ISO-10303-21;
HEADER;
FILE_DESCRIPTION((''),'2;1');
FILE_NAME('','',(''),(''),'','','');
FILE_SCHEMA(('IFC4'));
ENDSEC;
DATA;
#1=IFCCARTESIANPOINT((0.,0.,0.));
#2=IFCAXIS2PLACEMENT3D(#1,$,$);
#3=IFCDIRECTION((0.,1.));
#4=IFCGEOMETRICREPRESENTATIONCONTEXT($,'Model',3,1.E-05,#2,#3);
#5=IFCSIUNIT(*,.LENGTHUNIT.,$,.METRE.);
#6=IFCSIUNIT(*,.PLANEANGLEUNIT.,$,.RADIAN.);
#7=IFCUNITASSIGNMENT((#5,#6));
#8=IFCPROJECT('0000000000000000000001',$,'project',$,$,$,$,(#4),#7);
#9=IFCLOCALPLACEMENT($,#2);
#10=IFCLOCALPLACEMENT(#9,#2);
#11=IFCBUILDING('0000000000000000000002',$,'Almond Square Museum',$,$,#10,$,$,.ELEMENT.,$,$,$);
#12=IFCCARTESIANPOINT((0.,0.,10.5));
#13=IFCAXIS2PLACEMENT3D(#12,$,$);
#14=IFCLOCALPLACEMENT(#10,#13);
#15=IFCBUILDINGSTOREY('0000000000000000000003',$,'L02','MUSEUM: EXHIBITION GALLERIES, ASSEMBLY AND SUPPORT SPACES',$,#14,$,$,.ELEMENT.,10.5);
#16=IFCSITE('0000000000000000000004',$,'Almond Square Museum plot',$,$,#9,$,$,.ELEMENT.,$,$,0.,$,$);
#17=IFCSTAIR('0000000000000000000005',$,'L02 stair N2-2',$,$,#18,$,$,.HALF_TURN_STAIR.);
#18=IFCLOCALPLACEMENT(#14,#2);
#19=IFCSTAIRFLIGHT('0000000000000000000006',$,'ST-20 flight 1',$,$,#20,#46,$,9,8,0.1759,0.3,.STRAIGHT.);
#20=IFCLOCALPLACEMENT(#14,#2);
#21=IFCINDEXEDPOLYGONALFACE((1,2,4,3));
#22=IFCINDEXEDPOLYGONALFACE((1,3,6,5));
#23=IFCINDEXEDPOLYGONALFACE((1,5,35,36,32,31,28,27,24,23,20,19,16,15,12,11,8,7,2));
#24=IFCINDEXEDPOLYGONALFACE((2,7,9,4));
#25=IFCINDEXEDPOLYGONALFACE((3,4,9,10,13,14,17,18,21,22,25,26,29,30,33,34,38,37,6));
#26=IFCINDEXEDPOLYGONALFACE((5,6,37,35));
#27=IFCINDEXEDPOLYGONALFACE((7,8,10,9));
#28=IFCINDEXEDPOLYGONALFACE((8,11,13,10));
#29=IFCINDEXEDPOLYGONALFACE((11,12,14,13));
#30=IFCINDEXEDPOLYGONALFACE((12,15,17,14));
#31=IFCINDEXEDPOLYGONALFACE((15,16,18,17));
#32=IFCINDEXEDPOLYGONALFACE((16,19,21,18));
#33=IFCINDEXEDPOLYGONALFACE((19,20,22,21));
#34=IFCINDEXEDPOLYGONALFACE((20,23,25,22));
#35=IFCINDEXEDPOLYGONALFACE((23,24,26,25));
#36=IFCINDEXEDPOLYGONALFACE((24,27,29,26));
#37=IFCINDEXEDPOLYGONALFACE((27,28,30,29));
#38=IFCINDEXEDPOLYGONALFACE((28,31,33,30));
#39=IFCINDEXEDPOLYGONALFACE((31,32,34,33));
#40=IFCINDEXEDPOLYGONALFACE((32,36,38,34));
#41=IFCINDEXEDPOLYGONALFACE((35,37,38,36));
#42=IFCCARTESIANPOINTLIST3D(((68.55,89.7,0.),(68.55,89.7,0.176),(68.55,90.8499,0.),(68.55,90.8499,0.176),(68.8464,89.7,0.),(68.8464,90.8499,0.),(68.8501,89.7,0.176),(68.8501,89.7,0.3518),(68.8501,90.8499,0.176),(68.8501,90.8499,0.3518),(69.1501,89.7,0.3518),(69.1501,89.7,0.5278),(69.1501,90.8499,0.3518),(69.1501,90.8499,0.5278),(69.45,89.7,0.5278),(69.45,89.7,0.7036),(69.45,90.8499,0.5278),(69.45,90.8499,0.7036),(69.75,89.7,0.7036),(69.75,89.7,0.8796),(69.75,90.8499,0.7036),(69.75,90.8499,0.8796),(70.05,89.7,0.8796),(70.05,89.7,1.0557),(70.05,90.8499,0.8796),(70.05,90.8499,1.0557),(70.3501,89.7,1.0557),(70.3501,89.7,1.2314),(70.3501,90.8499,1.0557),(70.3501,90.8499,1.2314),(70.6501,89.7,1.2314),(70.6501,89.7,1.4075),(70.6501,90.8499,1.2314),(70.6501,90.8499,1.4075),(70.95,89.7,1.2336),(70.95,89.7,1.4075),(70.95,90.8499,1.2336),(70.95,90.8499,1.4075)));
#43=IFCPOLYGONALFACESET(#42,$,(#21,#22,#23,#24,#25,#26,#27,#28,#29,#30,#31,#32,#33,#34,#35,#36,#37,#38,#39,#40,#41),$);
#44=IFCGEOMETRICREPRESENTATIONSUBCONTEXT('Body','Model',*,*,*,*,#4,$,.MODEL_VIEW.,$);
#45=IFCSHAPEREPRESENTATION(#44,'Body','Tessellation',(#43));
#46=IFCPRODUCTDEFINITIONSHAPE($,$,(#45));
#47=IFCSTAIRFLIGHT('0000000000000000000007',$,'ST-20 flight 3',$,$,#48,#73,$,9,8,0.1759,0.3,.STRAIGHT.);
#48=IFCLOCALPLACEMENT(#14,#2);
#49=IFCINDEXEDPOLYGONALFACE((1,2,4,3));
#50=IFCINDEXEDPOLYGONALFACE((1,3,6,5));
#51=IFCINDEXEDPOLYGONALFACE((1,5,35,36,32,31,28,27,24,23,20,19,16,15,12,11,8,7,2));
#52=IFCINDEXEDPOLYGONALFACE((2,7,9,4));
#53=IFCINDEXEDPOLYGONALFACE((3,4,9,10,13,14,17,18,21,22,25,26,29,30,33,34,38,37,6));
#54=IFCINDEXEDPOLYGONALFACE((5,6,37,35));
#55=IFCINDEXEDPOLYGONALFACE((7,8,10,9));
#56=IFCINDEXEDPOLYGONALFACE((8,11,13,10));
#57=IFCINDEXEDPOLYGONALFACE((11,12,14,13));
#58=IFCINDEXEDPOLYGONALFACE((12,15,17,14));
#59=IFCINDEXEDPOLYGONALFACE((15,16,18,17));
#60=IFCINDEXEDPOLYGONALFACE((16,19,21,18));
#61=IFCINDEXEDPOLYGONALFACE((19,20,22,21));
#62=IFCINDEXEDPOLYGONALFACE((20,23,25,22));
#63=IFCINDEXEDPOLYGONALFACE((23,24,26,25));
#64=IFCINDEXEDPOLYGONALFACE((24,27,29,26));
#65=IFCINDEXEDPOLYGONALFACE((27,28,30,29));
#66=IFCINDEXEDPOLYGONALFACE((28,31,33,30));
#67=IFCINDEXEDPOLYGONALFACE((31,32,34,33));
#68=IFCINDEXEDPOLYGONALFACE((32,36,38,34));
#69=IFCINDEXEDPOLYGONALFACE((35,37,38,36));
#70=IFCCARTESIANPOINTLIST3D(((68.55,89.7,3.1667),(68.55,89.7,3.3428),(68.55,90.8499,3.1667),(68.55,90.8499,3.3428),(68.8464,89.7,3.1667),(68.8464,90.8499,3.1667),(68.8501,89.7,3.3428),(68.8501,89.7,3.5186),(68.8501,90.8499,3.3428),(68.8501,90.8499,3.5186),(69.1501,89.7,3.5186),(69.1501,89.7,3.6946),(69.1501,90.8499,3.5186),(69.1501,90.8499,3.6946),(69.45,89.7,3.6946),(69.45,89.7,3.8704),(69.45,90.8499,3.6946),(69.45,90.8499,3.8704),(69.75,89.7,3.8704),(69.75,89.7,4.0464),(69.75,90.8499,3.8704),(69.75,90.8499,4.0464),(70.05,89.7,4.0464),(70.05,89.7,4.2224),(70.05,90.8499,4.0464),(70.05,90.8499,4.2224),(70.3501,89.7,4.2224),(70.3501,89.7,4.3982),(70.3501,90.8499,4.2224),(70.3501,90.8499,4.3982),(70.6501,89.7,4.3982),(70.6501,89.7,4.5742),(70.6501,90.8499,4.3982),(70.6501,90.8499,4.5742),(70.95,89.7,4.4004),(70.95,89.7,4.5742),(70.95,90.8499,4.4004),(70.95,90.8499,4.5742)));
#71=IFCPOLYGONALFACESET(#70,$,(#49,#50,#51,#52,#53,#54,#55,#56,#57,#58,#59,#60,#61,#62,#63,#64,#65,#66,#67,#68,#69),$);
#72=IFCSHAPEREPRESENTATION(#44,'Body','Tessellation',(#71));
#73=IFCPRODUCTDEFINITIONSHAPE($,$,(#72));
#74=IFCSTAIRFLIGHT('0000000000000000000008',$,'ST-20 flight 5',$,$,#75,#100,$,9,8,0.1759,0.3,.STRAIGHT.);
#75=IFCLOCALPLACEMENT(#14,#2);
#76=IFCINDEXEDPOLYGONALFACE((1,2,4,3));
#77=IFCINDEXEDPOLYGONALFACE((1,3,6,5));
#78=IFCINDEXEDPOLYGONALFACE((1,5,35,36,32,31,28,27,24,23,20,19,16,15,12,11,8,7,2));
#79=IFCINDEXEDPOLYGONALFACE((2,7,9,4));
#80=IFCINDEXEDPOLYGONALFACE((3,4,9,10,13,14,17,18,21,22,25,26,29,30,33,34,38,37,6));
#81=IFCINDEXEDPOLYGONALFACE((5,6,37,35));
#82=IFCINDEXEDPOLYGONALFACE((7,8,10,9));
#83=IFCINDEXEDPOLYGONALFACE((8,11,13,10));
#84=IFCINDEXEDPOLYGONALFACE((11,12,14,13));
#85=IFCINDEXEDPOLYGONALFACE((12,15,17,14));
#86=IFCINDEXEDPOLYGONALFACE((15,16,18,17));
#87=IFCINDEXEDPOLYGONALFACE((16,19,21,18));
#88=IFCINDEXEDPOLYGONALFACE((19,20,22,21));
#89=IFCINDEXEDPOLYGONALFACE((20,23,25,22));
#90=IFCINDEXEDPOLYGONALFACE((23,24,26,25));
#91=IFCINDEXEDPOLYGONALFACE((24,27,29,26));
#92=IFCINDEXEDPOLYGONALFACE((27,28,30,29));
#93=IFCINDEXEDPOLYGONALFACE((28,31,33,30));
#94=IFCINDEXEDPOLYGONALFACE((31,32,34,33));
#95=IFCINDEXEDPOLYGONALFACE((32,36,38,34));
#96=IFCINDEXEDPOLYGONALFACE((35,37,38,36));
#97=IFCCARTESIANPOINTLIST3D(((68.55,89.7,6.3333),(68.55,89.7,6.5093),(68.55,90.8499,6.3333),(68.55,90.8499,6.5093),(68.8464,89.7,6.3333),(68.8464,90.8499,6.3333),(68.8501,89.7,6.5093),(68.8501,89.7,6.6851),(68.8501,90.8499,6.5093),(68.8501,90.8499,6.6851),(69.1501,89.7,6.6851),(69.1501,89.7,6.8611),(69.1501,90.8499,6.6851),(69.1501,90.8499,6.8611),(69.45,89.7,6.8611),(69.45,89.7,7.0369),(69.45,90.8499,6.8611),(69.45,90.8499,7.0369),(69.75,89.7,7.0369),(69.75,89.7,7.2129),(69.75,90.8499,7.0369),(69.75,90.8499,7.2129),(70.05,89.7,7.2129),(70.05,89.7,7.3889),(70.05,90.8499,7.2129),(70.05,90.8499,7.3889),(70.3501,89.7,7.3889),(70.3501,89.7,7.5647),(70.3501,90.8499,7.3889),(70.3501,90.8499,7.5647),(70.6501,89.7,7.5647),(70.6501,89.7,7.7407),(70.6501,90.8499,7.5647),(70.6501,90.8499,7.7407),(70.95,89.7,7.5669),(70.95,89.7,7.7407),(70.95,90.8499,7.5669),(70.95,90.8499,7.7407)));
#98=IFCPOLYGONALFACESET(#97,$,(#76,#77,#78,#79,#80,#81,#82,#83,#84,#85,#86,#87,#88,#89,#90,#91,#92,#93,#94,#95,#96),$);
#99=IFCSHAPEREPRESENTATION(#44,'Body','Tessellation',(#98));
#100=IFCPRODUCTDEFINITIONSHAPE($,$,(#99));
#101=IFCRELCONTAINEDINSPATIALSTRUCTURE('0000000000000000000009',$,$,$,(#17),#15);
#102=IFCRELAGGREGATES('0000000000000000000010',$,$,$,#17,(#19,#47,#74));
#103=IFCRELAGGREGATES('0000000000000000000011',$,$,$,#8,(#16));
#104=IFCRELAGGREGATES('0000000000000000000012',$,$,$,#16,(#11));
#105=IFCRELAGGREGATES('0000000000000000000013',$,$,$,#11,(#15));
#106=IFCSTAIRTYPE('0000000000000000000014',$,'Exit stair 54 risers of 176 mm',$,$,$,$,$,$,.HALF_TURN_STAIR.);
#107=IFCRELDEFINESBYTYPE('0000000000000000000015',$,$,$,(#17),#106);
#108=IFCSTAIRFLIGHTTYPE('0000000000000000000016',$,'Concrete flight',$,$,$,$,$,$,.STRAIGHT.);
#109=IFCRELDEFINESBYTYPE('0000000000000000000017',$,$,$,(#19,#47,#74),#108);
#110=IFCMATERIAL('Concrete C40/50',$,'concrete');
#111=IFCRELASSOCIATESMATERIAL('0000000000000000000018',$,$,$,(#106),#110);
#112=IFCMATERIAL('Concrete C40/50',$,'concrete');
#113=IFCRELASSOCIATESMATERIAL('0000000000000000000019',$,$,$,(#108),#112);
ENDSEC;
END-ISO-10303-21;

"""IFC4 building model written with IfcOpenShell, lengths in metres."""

from ifc_helpers import new_model, si_unit, direction, frame, origin, place, context, subcontext, project, spatial, polyline, outline, extrude, material, type_object, element, aggregate, save


model = new_model("IFC4")

# Units and contexts
model_context = context("Model", 3, precision=1e-05, world=origin(), true_north=direction((0.0, 1.0)))
body_context = subcontext(model_context, "Body", "Model", "MODEL_VIEW")
ifc_project = project(units=[si_unit("LENGTHUNIT", "METRE"), si_unit("PLANEANGLEUNIT", "RADIAN")], contexts=[model_context])

# Site, building, storey
site_placement = place(None, origin())
site = spatial("IfcSite", under=ifc_project, at=site_placement, Name="Almond Square Museum plot", CompositionType="ELEMENT", RefElevation=0.0)
building_placement = place(site_placement, origin())
building = spatial("IfcBuilding", under=site, at=building_placement, Name="Almond Square Museum", CompositionType="ELEMENT")
storey_placement = place(building_placement, frame((0.0, 0.0, 10.5)))
storey = spatial("IfcBuildingStorey", under=building, at=storey_placement, Name="L02", Description="MUSEUM: EXHIBITION GALLERIES, ASSEMBLY AND SUPPORT SPACES", CompositionType="ELEMENT", Elevation=10.5)

# Stair, stair flights
ifc_material_1 = material(Name="Concrete C40/50", Category="concrete")
stair_type = type_object("IfcStairType", Name="Exit stair 54 risers of 176 mm", PredefinedType="HALF_TURN_STAIR", material=ifc_material_1)
ifc_material_2 = material(Name="Concrete C40/50", Category="concrete")
stair_flight_type = type_object("IfcStairFlightType", Name="Concrete flight", PredefinedType="STRAIGHT", material=ifc_material_2)
stair_1_placement = place(storey_placement, origin())
stair_1 = element("IfcStair", 1, at=stair_1_placement, inside=storey, type_object=stair_type, Name="L02 stair N2-2", PredefinedType="HALF_TURN_STAIR")
stair_flight_1_placement = place(storey_placement, frame((68.55, 90.2749, 0.0), z_axis=(0.0, 0.0, 1.0), x_axis=(1.0, 0.0, 0.0)))
stair_flight_1 = element("IfcStairFlight", 2, at=stair_flight_1_placement, type_object=stair_flight_type, Name="ST-20 flight 1", NumberOfRisers=9, NumberOfTreads=8, PredefinedType="STRAIGHT", RiserHeight=0.1759, TreadLength=0.3, context=body_context, shape_type="SweptSolid", body=[
    extrude(outline(polyline([(0.0, 0.0), (0.0, 0.176), (0.3, 0.176), (0.3, 0.3518), (0.6001, 0.3518), (0.6001, 0.5278), (0.8999, 0.5278), (0.8999, 0.7036), (1.2, 0.7036), (1.2, 0.8796), (1.5, 0.8796), (1.5, 1.0557), (1.8, 1.0557), (1.8, 1.2314), (2.1001, 1.2314), (2.1001, 1.4075), (2.3999, 1.4075), (2.3999, 1.5833), (2.3999, 1.2336), (0.2964, 0.0), (0.0, 0.0)])), frame((0.0, 0.575, 0.0), z_axis=(0.0, -1.0, 0.0), x_axis=(1.0, 0.0, 0.0)), (0.0, 0.0, 1.0), 1.1499),
])
stair_flight_2_placement = place(storey_placement, frame((68.55, 90.2749, 3.1667), z_axis=(0.0, 0.0, 1.0), x_axis=(1.0, 0.0, 0.0)))
stair_flight_2 = element("IfcStairFlight", 3, at=stair_flight_2_placement, type_object=stair_flight_type, Name="ST-20 flight 3", NumberOfRisers=9, NumberOfTreads=8, PredefinedType="STRAIGHT", RiserHeight=0.1759, TreadLength=0.3, context=body_context, shape_type="SweptSolid", body=[
    extrude(outline(polyline([(0.0, 0.0), (0.0, 0.176), (0.3, 0.176), (0.3, 0.3518), (0.6001, 0.3518), (0.6001, 0.5278), (0.8999, 0.5278), (0.8999, 0.7036), (1.2, 0.7036), (1.2, 0.8796), (1.5, 0.8796), (1.5, 1.0557), (1.8, 1.0557), (1.8, 1.2314), (2.1001, 1.2314), (2.1001, 1.4075), (2.3999, 1.4075), (2.3999, 1.5833), (2.3999, 1.2336), (0.2964, 0.0), (0.0, 0.0)])), frame((0.0, 0.575, 0.0), z_axis=(0.0, -1.0, 0.0), x_axis=(1.0, 0.0, 0.0)), (0.0, 0.0, 1.0), 1.1499),
])
stair_flight_3_placement = place(storey_placement, frame((68.55, 90.2749, 6.3333), z_axis=(0.0, 0.0, 1.0), x_axis=(1.0, 0.0, 0.0)))
stair_flight_3 = element("IfcStairFlight", 4, at=stair_flight_3_placement, type_object=stair_flight_type, Name="ST-20 flight 5", NumberOfRisers=9, NumberOfTreads=8, PredefinedType="STRAIGHT", RiserHeight=0.1759, TreadLength=0.3, context=body_context, shape_type="SweptSolid", body=[
    extrude(outline(polyline([(0.0, 0.0), (0.0, 0.176), (0.3, 0.176), (0.3, 0.3518), (0.6001, 0.3518), (0.6001, 0.5278), (0.8999, 0.5278), (0.8999, 0.7036), (1.2, 0.7036), (1.2, 0.8796), (1.5, 0.8796), (1.5, 1.0557), (1.8, 1.0557), (1.8, 1.2314), (2.1001, 1.2314), (2.1001, 1.4075), (2.3999, 1.4075), (2.3999, 1.5833), (2.3999, 1.2336), (0.2964, 0.0), (0.0, 0.0)])), frame((0.0, 0.575, 0.0), z_axis=(0.0, -1.0, 0.0), x_axis=(1.0, 0.0, 0.0)), (0.0, 0.0, 1.0), 1.1499),
])
aggregate(stair_1, [stair_flight_1, stair_flight_2, stair_flight_3])

save(model, "model.ifc")
